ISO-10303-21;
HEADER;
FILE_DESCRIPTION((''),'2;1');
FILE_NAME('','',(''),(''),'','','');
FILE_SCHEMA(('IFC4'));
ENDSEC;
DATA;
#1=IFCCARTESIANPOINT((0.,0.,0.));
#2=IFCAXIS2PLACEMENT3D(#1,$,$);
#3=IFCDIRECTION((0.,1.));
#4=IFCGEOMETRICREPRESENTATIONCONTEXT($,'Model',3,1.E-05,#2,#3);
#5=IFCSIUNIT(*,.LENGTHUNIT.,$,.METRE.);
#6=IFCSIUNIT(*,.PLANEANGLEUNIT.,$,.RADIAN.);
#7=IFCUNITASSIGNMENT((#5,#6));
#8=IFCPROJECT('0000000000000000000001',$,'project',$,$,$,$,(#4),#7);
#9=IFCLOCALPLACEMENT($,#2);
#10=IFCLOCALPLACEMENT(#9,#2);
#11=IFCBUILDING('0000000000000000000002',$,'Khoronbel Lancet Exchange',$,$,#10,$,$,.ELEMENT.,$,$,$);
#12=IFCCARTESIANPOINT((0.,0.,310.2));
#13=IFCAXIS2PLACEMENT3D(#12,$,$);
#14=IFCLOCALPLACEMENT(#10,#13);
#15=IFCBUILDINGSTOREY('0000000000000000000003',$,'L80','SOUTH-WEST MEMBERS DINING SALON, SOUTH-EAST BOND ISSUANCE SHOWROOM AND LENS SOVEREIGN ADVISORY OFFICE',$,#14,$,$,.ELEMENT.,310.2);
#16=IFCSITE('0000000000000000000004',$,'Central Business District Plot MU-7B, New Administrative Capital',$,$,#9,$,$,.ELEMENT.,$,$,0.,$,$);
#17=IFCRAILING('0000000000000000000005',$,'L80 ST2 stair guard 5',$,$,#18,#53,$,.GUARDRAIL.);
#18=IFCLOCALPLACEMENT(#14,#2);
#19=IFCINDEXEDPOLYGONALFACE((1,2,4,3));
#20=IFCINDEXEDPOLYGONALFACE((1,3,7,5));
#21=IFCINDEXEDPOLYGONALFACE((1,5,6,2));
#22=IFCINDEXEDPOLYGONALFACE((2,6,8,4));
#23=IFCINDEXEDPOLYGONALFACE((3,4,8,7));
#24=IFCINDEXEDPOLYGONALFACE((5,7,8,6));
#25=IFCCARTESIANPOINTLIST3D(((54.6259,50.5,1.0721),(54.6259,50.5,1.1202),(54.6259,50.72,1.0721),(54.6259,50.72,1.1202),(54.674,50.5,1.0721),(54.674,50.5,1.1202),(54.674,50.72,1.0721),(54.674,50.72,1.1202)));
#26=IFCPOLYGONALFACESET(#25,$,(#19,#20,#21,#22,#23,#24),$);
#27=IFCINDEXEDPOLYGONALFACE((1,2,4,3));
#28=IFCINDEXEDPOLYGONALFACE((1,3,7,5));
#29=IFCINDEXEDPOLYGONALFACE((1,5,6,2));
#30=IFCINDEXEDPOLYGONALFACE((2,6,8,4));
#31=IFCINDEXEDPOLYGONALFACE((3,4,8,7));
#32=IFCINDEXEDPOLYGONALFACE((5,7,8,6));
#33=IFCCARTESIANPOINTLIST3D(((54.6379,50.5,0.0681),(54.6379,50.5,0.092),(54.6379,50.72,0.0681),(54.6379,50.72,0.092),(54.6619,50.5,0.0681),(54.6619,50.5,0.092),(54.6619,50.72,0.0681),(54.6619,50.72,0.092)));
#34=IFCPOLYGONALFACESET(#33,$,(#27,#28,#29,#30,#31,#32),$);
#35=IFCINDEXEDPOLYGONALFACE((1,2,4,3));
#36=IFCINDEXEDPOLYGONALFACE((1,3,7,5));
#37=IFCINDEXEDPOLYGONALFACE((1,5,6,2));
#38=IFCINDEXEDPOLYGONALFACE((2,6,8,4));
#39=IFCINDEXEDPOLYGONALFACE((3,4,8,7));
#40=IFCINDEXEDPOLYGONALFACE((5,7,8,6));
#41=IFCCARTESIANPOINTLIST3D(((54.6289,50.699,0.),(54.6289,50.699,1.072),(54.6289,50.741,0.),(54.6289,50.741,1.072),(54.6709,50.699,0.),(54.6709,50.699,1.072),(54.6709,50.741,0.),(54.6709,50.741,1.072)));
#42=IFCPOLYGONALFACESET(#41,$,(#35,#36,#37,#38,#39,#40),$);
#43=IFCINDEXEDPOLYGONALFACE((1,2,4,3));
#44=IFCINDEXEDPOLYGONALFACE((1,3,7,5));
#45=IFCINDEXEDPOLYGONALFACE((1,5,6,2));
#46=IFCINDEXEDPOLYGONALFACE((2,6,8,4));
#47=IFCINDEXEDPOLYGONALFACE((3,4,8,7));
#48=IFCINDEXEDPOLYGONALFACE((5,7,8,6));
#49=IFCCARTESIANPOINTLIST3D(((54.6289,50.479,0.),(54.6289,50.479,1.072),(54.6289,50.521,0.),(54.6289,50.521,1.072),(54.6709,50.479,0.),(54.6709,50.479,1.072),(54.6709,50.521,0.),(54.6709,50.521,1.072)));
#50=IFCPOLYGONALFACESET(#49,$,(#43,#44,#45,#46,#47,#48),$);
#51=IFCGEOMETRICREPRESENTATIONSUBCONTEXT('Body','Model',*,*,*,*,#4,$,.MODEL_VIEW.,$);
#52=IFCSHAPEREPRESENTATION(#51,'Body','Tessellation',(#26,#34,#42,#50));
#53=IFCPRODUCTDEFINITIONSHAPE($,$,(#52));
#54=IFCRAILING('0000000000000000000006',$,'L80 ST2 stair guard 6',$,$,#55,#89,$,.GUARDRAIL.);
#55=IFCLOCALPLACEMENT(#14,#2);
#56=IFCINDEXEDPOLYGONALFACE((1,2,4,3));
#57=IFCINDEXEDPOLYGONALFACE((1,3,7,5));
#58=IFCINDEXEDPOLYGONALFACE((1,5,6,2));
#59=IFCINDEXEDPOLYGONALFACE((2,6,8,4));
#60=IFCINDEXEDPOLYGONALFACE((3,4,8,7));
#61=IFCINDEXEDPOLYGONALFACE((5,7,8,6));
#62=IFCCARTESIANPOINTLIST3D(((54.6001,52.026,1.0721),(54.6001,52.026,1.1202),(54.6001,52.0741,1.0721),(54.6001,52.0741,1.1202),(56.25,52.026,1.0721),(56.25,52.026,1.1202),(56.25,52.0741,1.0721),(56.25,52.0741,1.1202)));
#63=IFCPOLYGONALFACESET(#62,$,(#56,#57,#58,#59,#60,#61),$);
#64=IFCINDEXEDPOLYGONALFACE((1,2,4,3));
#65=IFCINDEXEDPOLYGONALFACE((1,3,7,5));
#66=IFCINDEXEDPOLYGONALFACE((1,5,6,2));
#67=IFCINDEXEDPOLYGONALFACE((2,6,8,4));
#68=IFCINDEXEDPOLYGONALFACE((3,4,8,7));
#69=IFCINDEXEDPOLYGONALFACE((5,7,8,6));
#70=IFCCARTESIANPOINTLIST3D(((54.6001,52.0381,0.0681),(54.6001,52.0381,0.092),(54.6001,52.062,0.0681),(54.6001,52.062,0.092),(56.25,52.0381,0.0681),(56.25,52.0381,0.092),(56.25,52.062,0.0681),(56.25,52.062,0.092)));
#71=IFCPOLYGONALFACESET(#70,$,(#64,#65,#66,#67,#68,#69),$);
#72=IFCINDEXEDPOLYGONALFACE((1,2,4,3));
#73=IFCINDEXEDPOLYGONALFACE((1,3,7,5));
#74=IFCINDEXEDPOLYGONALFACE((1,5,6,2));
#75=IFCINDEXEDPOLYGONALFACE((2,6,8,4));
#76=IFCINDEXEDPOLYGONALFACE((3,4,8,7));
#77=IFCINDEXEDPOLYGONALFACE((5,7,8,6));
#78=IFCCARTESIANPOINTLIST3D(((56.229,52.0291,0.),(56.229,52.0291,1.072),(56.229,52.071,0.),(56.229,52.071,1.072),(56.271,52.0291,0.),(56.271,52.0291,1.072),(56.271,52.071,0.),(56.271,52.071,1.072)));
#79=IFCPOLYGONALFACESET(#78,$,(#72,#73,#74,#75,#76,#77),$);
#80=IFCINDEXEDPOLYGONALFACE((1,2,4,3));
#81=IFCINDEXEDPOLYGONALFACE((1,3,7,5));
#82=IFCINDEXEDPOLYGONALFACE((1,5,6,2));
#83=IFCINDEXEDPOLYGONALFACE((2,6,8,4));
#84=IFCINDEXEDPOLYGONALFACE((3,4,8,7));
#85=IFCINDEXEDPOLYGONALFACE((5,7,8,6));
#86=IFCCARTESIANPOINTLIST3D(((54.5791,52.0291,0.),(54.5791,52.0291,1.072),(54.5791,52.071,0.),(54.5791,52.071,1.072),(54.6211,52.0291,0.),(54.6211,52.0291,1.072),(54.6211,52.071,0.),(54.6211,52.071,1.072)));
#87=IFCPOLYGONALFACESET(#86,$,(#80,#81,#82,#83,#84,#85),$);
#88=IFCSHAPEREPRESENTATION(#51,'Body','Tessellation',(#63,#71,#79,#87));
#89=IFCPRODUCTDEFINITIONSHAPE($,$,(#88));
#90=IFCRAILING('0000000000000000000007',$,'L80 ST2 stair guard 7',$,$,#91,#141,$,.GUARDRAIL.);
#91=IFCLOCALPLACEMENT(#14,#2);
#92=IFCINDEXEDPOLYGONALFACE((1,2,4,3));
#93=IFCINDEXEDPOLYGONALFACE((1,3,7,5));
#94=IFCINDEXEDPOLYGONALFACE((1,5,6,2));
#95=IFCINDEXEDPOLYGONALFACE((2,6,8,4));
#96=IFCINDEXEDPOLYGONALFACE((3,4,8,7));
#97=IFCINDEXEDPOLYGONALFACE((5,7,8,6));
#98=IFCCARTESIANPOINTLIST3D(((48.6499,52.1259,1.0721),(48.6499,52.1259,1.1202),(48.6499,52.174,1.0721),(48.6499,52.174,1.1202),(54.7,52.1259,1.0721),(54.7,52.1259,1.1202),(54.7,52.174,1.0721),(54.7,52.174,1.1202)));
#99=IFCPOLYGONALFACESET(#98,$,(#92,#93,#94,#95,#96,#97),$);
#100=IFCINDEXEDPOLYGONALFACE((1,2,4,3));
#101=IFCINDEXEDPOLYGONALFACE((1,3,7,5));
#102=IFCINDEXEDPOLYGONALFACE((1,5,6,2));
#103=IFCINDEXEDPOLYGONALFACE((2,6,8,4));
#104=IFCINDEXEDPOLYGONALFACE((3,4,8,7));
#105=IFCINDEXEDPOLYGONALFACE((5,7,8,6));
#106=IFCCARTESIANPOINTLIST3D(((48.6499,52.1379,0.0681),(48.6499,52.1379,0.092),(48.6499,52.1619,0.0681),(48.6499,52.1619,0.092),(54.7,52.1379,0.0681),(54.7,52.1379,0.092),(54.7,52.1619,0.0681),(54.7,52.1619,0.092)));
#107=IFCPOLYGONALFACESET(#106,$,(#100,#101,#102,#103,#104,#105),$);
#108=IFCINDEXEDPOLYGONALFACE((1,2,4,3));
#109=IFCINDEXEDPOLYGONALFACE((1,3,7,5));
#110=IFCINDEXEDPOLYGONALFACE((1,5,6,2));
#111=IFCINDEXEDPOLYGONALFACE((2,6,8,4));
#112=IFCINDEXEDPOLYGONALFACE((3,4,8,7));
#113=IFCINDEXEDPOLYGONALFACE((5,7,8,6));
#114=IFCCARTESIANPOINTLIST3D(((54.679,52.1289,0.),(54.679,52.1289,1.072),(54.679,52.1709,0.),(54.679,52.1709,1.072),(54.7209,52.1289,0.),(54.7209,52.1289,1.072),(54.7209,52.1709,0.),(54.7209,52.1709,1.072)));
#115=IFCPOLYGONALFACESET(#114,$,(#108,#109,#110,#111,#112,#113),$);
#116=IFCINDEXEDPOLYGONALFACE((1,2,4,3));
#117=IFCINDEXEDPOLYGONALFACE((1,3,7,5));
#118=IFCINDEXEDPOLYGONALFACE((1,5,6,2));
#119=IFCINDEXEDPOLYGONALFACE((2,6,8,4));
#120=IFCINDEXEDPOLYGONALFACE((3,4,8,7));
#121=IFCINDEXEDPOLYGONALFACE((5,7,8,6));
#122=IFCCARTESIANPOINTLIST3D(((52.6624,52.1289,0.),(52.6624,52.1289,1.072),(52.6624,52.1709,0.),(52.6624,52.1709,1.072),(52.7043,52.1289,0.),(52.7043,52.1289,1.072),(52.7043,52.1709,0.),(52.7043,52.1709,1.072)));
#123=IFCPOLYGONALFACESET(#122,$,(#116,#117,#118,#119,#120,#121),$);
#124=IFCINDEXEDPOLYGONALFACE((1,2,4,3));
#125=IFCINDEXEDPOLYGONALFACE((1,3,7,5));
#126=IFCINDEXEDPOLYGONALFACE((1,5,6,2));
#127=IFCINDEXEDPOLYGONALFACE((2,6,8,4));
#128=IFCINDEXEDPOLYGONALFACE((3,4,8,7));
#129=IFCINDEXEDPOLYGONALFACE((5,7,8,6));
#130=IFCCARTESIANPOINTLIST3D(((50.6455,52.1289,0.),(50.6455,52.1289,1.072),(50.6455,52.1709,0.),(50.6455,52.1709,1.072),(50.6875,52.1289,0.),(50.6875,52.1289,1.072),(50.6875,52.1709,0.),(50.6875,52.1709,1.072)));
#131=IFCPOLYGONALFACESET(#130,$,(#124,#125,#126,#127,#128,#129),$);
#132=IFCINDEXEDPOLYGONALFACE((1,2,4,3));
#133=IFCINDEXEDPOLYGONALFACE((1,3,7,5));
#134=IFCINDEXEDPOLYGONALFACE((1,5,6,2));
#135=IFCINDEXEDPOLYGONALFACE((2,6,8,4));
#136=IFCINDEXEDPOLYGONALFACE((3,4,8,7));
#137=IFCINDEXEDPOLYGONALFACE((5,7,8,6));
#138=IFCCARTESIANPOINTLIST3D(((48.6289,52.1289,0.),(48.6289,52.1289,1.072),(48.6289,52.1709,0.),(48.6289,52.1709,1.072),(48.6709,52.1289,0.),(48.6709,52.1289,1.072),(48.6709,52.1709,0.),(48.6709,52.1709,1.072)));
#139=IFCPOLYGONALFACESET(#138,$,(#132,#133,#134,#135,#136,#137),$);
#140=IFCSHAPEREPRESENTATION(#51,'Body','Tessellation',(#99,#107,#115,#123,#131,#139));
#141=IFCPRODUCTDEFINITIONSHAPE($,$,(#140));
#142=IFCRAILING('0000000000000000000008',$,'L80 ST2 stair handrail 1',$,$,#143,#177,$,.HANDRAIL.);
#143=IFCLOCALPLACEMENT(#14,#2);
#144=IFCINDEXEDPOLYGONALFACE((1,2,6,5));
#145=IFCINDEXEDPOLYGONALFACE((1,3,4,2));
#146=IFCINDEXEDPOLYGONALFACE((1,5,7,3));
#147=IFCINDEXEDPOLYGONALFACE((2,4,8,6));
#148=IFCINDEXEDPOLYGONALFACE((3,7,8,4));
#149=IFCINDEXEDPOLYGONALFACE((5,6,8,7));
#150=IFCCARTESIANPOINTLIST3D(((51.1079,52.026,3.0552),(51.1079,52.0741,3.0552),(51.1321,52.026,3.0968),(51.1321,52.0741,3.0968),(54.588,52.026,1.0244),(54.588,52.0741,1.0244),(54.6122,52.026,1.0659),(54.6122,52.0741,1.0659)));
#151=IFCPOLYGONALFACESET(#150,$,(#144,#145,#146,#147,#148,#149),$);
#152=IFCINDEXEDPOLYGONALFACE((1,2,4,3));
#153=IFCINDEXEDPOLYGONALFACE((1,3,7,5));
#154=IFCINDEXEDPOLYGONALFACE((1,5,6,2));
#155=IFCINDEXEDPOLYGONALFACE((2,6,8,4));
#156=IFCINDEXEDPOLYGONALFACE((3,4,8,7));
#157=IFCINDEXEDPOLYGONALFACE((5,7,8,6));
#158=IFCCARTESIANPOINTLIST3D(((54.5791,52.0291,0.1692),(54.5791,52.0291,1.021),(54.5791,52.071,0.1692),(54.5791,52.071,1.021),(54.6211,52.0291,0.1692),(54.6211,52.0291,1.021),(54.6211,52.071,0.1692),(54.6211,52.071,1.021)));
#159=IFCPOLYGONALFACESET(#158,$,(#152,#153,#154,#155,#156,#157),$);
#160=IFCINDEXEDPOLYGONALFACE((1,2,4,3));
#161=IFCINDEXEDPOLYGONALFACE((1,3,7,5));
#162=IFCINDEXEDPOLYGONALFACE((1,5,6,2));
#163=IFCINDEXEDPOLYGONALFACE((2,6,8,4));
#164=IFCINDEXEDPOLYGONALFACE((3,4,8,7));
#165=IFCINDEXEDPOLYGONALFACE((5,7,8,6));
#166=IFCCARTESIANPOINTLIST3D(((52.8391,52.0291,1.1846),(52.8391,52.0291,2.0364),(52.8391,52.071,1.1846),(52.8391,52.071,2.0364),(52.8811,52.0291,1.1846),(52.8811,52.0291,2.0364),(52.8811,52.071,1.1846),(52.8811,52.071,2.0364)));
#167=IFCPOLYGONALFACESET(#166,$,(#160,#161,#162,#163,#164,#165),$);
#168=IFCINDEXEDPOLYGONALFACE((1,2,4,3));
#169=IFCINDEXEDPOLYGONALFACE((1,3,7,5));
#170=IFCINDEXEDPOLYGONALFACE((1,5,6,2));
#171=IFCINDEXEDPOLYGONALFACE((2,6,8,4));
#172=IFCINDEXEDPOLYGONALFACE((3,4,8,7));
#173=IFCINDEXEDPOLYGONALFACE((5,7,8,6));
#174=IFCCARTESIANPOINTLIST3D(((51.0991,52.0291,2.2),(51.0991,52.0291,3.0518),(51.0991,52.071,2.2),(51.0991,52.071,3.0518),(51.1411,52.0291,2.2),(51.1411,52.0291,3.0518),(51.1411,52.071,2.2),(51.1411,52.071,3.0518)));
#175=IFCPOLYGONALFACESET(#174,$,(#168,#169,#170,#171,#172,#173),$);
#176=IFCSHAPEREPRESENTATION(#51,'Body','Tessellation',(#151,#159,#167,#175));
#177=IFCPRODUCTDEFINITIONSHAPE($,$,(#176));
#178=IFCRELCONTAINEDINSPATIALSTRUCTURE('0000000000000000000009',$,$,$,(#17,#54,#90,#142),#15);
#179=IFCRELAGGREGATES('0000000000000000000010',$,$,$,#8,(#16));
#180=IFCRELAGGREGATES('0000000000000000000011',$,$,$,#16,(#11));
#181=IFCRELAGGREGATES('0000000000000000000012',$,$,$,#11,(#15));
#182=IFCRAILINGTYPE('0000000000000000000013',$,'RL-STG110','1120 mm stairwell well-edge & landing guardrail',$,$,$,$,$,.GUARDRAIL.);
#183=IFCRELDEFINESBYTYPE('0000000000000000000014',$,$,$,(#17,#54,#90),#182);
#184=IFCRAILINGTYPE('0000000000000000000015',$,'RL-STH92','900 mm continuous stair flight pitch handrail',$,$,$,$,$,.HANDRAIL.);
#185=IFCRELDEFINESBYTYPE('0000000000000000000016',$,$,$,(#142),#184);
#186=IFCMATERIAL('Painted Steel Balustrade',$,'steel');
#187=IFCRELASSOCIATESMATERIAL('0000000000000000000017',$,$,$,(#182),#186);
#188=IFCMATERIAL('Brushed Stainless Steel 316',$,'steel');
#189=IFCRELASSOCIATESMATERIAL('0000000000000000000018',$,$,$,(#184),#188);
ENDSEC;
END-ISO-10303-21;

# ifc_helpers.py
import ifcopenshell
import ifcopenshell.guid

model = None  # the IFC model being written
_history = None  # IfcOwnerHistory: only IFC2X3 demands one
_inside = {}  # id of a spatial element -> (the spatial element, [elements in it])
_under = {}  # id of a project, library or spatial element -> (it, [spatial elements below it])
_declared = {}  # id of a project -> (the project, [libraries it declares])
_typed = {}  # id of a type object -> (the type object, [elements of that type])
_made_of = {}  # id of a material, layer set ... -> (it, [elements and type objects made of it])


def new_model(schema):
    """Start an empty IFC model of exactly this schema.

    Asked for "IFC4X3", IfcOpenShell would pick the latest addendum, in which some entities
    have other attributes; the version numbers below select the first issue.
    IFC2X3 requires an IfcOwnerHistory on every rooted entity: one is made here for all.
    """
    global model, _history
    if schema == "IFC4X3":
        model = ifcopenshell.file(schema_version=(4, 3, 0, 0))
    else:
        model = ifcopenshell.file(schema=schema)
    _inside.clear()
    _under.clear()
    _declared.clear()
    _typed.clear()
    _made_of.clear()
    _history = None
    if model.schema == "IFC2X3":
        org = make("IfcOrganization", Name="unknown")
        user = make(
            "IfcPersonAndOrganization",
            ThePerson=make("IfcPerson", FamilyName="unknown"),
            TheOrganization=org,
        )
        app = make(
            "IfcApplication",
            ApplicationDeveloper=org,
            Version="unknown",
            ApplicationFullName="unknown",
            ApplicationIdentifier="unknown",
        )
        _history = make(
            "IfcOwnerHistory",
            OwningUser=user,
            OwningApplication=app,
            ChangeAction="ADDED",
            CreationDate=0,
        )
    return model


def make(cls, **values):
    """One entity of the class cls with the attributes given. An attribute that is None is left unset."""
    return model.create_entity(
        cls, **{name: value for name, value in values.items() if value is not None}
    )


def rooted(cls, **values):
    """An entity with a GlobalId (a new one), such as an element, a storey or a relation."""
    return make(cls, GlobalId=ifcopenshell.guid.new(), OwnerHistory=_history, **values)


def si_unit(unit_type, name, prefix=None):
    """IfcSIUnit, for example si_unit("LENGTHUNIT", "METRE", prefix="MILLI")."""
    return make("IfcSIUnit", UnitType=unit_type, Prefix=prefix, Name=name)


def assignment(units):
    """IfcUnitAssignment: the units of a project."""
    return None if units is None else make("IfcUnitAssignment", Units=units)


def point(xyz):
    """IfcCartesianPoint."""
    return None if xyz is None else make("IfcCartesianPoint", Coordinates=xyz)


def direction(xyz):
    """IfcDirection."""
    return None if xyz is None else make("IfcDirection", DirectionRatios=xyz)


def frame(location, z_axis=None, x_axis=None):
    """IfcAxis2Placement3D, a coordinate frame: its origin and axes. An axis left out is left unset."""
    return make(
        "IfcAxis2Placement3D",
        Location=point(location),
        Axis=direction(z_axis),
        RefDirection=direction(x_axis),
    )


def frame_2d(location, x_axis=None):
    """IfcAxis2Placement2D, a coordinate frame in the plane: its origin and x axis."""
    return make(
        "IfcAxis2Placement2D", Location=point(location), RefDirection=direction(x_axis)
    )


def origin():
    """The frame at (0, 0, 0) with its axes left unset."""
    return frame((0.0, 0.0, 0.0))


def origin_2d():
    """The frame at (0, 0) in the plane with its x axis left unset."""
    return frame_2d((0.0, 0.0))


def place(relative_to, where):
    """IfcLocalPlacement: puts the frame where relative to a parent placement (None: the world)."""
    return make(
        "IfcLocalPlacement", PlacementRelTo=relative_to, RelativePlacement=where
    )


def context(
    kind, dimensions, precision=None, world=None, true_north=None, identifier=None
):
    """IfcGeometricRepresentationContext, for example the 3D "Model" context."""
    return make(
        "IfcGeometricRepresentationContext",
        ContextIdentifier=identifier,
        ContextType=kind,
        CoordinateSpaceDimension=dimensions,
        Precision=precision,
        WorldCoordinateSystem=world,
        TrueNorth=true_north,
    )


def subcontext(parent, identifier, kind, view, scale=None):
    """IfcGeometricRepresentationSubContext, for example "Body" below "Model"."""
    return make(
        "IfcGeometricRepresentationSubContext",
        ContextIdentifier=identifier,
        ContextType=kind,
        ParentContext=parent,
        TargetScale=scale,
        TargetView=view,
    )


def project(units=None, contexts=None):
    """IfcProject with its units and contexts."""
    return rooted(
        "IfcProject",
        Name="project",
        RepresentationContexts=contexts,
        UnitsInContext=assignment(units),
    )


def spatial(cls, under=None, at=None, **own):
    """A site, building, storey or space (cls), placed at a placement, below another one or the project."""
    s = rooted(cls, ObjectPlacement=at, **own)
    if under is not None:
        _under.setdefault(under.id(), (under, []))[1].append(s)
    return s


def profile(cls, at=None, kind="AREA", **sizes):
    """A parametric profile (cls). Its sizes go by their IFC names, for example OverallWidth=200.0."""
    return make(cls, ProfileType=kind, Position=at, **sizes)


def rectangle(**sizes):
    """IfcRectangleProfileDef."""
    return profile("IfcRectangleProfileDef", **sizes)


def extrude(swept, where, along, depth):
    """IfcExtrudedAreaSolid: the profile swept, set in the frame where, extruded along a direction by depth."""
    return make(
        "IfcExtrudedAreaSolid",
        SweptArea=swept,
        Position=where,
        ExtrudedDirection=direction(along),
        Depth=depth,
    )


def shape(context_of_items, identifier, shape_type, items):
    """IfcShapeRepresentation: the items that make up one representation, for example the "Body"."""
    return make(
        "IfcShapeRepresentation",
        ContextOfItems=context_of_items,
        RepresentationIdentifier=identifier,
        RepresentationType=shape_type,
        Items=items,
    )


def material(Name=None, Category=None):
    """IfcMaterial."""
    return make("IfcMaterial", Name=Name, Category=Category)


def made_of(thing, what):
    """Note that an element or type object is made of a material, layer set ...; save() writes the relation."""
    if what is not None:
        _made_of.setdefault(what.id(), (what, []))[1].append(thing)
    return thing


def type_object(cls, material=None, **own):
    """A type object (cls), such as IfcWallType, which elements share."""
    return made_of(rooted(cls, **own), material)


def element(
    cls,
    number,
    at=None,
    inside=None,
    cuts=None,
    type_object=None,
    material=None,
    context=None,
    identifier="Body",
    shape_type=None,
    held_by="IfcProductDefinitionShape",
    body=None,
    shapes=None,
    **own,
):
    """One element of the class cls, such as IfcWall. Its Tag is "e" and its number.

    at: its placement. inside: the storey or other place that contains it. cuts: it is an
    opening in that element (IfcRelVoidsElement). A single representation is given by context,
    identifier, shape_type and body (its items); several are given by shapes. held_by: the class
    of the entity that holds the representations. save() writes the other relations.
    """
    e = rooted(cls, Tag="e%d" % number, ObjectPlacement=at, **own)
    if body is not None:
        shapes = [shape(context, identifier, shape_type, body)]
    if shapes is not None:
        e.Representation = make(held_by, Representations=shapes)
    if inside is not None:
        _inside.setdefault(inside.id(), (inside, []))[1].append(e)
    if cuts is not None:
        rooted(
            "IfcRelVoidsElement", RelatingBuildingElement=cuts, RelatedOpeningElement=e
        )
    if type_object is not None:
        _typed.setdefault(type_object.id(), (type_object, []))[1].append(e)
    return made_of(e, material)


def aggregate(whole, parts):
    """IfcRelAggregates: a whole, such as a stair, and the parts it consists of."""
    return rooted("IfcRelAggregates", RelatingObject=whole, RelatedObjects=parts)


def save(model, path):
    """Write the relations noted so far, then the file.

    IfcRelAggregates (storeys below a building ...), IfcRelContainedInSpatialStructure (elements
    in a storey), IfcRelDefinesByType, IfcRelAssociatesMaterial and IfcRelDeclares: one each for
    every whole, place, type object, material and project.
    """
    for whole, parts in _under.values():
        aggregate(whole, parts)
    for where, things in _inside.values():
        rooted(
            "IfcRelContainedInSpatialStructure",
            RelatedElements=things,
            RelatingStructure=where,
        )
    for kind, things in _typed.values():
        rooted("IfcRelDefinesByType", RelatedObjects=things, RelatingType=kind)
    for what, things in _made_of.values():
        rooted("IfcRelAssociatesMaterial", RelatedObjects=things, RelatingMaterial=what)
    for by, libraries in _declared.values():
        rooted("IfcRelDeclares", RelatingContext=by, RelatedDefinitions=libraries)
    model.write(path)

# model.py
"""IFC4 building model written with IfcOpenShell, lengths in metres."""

from ifc_helpers import new_model, si_unit, direction, frame, origin, origin_2d, place, context, subcontext, project, spatial, rectangle, extrude, material, type_object, element, save


model = new_model("IFC4")

# Units and contexts
model_context = context("Model", 3, precision=1e-05, world=origin(), true_north=direction((0.0, 1.0)))
body_context = subcontext(model_context, "Body", "Model", "MODEL_VIEW")
ifc_project = project(units=[si_unit("LENGTHUNIT", "METRE"), si_unit("PLANEANGLEUNIT", "RADIAN")], contexts=[model_context])

# Site, building, storey
site_placement = place(None, origin())
site = spatial("IfcSite", under=ifc_project, at=site_placement, Name="Central Business District Plot MU-7B, New Administrative Capital", CompositionType="ELEMENT", RefElevation=0.0)
building_placement = place(site_placement, origin())
building = spatial("IfcBuilding", under=site, at=building_placement, Name="Khoronbel Lancet Exchange", CompositionType="ELEMENT")
storey_placement = place(building_placement, frame((0.0, 0.0, 310.2)))
storey = spatial("IfcBuildingStorey", under=building, at=storey_placement, Name="L80", Description="SOUTH-WEST MEMBERS DINING SALON, SOUTH-EAST BOND ISSUANCE SHOWROOM AND LENS SOVEREIGN ADVISORY OFFICE", CompositionType="ELEMENT", Elevation=310.2)

# Railings
ifc_material_1 = material(Name="Painted Steel Balustrade", Category="steel")
railing_type_1 = type_object("IfcRailingType", Name="RL-STG110", Description="1120 mm stairwell well-edge & landing guardrail", PredefinedType="GUARDRAIL", material=ifc_material_1)
railing_1_placement = place(storey_placement, frame((54.6499, 50.72, 0.0)))
element("IfcRailing", 1, at=railing_1_placement, inside=storey, type_object=railing_type_1, Name="L80 ST2 stair guard 5", PredefinedType="GUARDRAIL", context=body_context, shape_type="SweptSolid", body=[
    extrude(rectangle(XDim=0.0481, YDim=0.0481, at=origin_2d()), frame((0.0, 0.0, 1.0962), z_axis=(0.0, -1.0, 0.0), x_axis=(1.0, 0.0, 0.0)), (0.0, 0.0, 1.0), 0.22),
    extrude(rectangle(XDim=0.0239, YDim=0.0239, at=origin_2d()), frame((0.0, 0.0, 0.0801), z_axis=(0.0, -1.0, 0.0), x_axis=(1.0, 0.0, 0.0)), (0.0, 0.0, 1.0), 0.22),
    extrude(rectangle(XDim=0.042, YDim=0.042, at=origin_2d()), origin(), (0.0, 0.0, 1.0), 1.072),
    extrude(rectangle(XDim=0.042, YDim=0.042, at=origin_2d()), frame((0.0, -0.22, 0.0)), (0.0, 0.0, 1.0), 1.072),
])
railing_2_placement = place(storey_placement, frame((56.25, 52.05, 0.0)))
element("IfcRailing", 2, at=railing_2_placement, inside=storey, type_object=railing_type_1, Name="L80 ST2 stair guard 6", PredefinedType="GUARDRAIL", context=body_context, shape_type="SweptSolid", body=[
    extrude(rectangle(XDim=0.0481, YDim=0.0481, at=origin_2d()), frame((0.0, 0.0, 1.0962), z_axis=(-1.0, 0.0, 0.0), x_axis=(0.0, -1.0, 0.0)), (0.0, 0.0, 1.0), 1.6499),
    extrude(rectangle(XDim=0.0239, YDim=0.0239, at=origin_2d()), frame((0.0, 0.0, 0.0801), z_axis=(-1.0, 0.0, 0.0), x_axis=(0.0, -1.0, 0.0)), (0.0, 0.0, 1.0), 1.6499),
    extrude(rectangle(XDim=0.042, YDim=0.042, at=origin_2d()), origin(), (0.0, 0.0, 1.0), 1.072),
    extrude(rectangle(XDim=0.042, YDim=0.042, at=origin_2d()), frame((-1.6499, 0.0, 0.0)), (0.0, 0.0, 1.0), 1.072),
])
railing_3_placement = place(storey_placement, frame((54.7, 52.1499, 0.0)))
element("IfcRailing", 3, at=railing_3_placement, inside=storey, type_object=railing_type_1, Name="L80 ST2 stair guard 7", PredefinedType="GUARDRAIL", context=body_context, shape_type="SweptSolid", body=[
    extrude(rectangle(XDim=0.0481, YDim=0.0481, at=origin_2d()), frame((0.0, 0.0, 1.0962), z_axis=(-1.0, 0.0, 0.0), x_axis=(0.0, -1.0, 0.0)), (0.0, 0.0, 1.0), 6.05),
    extrude(rectangle(XDim=0.0239, YDim=0.0239, at=origin_2d()), frame((0.0, 0.0, 0.0801), z_axis=(-1.0, 0.0, 0.0), x_axis=(0.0, -1.0, 0.0)), (0.0, 0.0, 1.0), 6.05),
    extrude(rectangle(XDim=0.042, YDim=0.042, at=origin_2d()), origin(), (0.0, 0.0, 1.0), 1.072),
    extrude(rectangle(XDim=0.042, YDim=0.042, at=origin_2d()), frame((-2.0166, 0.0, 0.0)), (0.0, 0.0, 1.0), 1.072),
    extrude(rectangle(XDim=0.042, YDim=0.042, at=origin_2d()), frame((-4.0334, 0.0, 0.0)), (0.0, 0.0, 1.0), 1.072),
    extrude(rectangle(XDim=0.042, YDim=0.042, at=origin_2d()), frame((-6.05, 0.0, 0.0)), (0.0, 0.0, 1.0), 1.072),
])
ifc_material_2 = material(Name="Brushed Stainless Steel 316", Category="steel")
railing_type_2 = type_object("IfcRailingType", Name="RL-STH92", Description="900 mm continuous stair flight pitch handrail", PredefinedType="HANDRAIL", material=ifc_material_2)
railing_4_placement = place(storey_placement, frame((54.6001, 52.05, 0.1692)))
element("IfcRailing", 4, at=railing_4_placement, inside=storey, type_object=railing_type_2, Name="L80 ST2 stair handrail 1", PredefinedType="HANDRAIL", context=body_context, shape_type="SweptSolid", body=[
    extrude(rectangle(XDim=0.0481, YDim=0.0481, at=origin_2d()), frame((0.0, 0.0, 0.876), z_axis=(-0.863695, 0.0, 0.504014), x_axis=(0.0, -1.0, 0.0)), (0.0, 0.0, 1.0), 4.0293),
    extrude(rectangle(XDim=0.042, YDim=0.042, at=origin_2d()), origin(), (0.0, 0.0, 1.0), 0.8518),
    extrude(rectangle(XDim=0.042, YDim=0.042, at=origin_2d()), frame((-1.74, 0.0, 1.0154)), (0.0, 0.0, 1.0), 0.8518),
    extrude(rectangle(XDim=0.042, YDim=0.042, at=origin_2d()), frame((-3.48, 0.0, 2.0308)), (0.0, 0.0, 1.0), 0.8518),
])

save(model, "model.ifc")
